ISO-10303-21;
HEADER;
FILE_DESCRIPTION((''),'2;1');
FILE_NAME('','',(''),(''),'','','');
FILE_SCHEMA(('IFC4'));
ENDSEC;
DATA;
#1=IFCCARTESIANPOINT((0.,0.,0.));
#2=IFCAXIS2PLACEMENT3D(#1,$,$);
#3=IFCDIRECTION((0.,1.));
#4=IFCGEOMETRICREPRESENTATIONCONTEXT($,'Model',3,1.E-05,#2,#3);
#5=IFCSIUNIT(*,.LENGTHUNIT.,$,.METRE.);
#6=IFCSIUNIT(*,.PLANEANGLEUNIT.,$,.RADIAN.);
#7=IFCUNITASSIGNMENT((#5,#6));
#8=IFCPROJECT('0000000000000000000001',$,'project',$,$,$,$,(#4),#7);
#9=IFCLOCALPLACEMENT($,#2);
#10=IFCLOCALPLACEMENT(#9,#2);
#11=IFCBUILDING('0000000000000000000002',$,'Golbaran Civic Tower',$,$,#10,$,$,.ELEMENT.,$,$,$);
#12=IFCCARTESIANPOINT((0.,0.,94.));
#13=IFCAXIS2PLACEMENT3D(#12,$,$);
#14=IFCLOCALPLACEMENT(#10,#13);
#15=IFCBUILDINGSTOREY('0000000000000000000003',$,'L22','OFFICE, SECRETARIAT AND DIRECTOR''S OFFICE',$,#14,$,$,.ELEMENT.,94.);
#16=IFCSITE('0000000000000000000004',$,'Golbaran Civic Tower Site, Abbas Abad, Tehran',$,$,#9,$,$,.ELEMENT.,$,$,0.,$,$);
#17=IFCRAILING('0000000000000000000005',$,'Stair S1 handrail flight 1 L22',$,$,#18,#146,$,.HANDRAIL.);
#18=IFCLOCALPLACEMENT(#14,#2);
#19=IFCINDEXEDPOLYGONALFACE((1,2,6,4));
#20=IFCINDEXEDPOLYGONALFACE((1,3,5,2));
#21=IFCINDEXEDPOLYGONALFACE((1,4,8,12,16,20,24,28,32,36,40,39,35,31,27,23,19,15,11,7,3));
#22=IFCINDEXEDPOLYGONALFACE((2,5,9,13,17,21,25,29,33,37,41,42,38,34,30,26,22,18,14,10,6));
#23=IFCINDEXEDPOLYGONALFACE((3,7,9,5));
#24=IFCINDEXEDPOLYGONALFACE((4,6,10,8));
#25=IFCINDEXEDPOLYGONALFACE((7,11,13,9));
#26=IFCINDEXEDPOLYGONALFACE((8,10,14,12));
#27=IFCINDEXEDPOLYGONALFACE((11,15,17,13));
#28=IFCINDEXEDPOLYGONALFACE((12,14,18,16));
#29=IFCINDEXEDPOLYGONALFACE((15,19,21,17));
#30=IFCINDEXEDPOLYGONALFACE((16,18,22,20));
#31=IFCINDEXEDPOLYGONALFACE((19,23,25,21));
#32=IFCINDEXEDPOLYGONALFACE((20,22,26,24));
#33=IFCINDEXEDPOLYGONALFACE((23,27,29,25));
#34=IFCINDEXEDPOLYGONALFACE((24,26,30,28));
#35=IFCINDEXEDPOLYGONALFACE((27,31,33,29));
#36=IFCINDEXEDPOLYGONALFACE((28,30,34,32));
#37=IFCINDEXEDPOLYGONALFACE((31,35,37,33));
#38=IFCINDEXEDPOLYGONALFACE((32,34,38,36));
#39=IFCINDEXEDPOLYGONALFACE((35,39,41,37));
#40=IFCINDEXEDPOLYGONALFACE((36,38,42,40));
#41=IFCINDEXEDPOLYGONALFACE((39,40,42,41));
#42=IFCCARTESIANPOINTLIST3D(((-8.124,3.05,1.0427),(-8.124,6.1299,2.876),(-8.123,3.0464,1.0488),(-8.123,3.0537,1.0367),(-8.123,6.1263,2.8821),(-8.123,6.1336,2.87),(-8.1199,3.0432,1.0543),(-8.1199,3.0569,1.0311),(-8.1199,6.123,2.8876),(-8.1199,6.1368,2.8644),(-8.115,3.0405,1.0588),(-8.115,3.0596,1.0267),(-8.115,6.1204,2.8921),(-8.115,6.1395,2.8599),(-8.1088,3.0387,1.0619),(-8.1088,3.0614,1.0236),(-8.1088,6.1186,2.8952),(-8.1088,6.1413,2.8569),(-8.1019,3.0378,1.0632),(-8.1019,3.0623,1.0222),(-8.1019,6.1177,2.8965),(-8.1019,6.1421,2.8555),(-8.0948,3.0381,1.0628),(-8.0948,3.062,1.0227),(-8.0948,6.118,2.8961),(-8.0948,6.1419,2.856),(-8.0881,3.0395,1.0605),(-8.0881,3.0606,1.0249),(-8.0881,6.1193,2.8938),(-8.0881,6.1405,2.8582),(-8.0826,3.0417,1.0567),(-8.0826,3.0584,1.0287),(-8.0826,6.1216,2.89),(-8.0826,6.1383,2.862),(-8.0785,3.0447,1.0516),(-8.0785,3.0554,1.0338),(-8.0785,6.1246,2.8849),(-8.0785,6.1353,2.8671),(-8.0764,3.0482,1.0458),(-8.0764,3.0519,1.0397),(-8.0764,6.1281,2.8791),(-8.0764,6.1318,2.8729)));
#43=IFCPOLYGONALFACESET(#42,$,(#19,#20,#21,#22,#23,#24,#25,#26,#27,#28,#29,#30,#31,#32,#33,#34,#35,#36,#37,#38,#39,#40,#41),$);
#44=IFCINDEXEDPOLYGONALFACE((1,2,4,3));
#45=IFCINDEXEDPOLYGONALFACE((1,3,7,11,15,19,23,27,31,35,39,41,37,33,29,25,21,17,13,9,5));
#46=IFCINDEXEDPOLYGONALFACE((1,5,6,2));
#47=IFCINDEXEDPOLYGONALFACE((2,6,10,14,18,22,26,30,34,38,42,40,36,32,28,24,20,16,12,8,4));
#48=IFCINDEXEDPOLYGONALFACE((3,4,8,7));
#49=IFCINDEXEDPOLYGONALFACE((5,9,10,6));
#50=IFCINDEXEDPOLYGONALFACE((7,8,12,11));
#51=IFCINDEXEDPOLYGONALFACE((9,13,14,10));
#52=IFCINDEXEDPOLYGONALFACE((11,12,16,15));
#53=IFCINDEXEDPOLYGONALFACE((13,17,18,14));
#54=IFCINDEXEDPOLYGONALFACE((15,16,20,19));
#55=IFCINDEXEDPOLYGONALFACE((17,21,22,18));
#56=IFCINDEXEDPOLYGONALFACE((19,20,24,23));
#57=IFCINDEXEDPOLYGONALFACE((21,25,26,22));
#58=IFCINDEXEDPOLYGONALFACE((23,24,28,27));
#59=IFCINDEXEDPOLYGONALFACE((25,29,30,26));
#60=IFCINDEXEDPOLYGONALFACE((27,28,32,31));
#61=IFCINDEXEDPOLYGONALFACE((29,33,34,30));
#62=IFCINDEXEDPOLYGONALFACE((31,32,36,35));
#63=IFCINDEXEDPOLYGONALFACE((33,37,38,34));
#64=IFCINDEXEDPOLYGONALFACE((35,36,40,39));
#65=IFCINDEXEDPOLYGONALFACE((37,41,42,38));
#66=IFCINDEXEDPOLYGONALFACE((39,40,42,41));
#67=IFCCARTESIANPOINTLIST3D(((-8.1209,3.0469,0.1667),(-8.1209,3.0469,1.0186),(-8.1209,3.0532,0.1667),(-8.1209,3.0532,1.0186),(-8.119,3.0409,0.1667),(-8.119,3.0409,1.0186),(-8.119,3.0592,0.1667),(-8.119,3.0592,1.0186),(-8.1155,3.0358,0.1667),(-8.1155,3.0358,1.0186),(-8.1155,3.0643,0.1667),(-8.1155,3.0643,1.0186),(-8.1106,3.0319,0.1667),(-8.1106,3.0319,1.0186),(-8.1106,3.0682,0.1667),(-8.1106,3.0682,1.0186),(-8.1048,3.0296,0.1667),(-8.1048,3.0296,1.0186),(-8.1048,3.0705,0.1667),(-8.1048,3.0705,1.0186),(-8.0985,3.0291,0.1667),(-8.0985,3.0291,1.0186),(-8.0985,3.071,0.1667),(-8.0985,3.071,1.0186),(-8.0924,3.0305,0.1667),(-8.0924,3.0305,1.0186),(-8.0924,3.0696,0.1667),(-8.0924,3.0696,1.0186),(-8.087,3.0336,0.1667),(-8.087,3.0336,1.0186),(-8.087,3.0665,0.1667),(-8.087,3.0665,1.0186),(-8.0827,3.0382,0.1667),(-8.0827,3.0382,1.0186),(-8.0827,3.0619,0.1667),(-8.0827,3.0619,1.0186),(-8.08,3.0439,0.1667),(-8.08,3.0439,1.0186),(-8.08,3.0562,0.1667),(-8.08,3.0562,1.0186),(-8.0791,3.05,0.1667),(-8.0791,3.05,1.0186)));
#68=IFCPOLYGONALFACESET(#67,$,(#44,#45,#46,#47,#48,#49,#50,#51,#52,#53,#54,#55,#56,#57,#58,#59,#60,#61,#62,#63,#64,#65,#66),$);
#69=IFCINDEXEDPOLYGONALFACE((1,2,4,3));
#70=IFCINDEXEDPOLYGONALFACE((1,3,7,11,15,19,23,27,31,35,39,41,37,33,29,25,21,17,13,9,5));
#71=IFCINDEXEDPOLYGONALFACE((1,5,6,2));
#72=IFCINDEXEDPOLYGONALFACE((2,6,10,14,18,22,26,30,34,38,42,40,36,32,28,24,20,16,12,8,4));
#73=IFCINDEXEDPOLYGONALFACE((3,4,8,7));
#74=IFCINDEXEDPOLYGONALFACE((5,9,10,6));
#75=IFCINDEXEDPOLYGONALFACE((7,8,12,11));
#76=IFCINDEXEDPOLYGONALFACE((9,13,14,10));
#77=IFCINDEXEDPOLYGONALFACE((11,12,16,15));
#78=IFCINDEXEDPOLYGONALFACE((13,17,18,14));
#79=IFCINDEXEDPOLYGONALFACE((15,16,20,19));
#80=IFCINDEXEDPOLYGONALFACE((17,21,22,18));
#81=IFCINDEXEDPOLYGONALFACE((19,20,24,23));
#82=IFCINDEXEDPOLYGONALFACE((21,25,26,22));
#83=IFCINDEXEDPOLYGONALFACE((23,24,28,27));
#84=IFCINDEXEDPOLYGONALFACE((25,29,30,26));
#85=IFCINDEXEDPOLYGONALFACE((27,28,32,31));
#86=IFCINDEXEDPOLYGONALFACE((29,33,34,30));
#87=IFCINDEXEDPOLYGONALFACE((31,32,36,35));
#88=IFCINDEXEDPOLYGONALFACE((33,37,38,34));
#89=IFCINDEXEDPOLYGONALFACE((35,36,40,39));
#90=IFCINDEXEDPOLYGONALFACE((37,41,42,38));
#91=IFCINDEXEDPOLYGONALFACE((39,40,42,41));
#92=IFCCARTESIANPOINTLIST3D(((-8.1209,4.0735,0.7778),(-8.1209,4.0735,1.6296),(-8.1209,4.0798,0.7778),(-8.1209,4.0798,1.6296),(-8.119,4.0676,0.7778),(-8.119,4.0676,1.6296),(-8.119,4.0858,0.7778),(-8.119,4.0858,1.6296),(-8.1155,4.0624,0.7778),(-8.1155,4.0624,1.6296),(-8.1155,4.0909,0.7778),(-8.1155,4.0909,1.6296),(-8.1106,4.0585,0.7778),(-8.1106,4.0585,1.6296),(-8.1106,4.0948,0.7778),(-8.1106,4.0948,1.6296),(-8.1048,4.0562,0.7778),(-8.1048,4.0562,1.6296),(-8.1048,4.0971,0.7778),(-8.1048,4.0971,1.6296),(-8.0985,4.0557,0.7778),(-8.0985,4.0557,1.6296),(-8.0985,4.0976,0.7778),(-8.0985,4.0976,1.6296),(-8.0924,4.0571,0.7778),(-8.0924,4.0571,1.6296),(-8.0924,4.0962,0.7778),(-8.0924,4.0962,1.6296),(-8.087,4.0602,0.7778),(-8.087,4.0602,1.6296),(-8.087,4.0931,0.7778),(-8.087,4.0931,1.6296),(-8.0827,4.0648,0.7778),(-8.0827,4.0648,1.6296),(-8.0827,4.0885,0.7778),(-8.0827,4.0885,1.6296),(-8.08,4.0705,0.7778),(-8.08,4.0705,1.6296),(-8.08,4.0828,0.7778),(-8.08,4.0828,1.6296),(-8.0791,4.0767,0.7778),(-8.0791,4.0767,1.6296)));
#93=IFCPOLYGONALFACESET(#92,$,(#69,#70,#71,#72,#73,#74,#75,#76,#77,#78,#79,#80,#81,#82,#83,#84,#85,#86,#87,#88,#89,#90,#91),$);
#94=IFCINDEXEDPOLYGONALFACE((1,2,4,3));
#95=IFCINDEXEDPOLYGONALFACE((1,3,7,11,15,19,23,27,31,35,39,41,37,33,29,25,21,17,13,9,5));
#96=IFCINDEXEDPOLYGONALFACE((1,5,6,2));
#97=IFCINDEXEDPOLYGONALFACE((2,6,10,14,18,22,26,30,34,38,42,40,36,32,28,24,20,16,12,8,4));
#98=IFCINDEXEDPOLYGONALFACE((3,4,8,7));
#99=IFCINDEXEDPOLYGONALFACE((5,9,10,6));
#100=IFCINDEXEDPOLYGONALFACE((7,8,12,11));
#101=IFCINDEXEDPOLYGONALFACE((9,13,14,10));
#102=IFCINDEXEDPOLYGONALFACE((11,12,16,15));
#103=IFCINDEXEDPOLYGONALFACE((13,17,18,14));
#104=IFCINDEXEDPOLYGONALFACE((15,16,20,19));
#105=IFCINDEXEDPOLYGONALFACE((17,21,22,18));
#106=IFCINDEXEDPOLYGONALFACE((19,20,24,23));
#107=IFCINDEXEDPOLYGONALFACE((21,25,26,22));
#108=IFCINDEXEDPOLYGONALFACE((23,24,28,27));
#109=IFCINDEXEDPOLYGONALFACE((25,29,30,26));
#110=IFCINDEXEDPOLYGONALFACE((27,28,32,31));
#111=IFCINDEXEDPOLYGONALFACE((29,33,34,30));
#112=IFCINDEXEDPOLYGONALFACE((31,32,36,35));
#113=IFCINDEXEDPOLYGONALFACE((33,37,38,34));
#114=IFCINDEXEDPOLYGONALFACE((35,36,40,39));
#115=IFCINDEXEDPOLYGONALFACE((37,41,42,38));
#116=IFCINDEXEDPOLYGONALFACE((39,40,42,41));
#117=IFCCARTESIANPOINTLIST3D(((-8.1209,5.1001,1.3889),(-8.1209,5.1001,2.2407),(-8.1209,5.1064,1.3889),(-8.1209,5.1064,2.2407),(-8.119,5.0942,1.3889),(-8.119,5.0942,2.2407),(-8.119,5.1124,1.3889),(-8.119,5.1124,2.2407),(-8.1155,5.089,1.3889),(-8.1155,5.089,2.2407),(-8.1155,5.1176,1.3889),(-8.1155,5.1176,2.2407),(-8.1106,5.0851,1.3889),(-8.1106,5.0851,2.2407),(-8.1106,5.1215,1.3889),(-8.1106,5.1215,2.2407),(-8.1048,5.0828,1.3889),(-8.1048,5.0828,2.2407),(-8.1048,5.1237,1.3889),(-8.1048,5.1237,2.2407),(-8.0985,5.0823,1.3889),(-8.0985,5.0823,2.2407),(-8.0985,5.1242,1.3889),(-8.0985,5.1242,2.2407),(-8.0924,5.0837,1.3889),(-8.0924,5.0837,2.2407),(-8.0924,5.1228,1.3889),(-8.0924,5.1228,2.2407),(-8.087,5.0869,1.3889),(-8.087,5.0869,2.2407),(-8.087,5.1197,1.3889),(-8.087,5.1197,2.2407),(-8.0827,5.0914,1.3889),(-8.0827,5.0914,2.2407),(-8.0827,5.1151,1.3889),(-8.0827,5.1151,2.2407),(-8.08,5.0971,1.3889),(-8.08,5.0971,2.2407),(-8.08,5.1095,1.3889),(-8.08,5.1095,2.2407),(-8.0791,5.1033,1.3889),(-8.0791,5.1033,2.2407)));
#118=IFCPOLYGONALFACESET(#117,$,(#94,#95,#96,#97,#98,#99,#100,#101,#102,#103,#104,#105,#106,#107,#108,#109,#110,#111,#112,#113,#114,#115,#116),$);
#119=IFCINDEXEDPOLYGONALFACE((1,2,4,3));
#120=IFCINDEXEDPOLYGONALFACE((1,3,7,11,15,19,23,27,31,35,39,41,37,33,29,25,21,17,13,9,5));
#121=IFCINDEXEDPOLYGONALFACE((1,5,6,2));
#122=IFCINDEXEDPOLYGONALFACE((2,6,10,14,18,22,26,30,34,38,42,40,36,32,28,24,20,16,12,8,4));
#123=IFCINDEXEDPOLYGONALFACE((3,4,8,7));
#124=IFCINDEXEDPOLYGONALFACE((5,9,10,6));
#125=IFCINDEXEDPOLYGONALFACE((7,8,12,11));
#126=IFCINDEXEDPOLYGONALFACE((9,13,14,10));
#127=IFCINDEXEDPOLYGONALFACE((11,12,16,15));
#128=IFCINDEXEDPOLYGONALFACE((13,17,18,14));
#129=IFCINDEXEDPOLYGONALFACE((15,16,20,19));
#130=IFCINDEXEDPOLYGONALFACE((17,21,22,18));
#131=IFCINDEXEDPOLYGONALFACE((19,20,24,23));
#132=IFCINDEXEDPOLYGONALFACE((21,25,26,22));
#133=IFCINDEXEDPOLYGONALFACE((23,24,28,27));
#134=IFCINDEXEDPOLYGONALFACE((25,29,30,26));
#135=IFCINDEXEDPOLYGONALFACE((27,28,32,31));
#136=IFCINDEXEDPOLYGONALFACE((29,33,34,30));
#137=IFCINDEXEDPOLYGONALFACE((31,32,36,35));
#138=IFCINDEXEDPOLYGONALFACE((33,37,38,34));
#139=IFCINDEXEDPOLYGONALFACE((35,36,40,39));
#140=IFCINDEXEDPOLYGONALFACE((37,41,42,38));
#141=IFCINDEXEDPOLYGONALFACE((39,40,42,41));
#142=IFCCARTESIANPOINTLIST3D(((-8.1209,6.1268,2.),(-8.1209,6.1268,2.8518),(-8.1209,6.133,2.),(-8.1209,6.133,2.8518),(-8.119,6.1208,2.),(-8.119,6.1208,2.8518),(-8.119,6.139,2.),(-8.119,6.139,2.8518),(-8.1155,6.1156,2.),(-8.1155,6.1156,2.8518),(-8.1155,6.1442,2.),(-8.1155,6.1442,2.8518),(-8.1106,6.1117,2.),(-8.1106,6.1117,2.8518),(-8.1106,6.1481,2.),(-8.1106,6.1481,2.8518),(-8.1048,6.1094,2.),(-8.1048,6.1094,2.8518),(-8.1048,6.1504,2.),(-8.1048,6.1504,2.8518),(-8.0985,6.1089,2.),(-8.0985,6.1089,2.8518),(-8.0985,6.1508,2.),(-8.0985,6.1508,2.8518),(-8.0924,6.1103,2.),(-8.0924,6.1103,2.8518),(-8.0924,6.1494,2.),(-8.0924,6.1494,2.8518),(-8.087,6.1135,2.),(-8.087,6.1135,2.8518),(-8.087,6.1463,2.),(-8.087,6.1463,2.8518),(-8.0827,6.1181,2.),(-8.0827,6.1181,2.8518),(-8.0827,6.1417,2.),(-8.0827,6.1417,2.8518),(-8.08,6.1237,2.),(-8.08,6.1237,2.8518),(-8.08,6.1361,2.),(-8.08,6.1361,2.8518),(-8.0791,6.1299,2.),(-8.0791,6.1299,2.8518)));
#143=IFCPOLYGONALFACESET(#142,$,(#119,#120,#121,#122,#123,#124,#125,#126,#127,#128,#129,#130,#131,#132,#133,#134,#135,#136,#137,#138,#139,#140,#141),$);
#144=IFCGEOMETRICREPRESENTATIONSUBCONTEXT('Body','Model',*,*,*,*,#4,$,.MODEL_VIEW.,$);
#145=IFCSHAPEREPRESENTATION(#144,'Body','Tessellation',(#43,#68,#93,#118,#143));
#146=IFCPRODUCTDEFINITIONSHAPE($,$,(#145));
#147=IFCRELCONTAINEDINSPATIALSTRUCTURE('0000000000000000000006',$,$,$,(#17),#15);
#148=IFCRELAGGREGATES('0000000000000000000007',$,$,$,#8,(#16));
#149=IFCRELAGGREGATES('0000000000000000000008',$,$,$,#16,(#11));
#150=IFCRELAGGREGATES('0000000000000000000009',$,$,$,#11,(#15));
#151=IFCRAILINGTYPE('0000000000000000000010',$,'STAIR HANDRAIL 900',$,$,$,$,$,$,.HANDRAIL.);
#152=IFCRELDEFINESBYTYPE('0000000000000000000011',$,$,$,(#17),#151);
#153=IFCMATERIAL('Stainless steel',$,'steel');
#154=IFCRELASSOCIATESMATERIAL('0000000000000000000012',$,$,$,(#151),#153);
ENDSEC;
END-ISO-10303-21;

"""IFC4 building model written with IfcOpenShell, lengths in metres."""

from ifc_helpers import new_model, si_unit, direction, frame, origin, origin_2d, place, context, subcontext, project, spatial, circle, extrude, material, type_object, element, save


model = new_model("IFC4")

# Units and contexts
model_context = context("Model", 3, precision=1e-05, world=origin(), true_north=direction((0.0, 1.0)))
body_context = subcontext(model_context, "Body", "Model", "MODEL_VIEW")
ifc_project = project(units=[si_unit("LENGTHUNIT", "METRE"), si_unit("PLANEANGLEUNIT", "RADIAN")], contexts=[model_context])

# Site, building, storey
site_placement = place(None, origin())
site = spatial("IfcSite", under=ifc_project, at=site_placement, Name="Golbaran Civic Tower Site, Abbas Abad, Tehran", CompositionType="ELEMENT", RefElevation=0.0)
building_placement = place(site_placement, origin())
building = spatial("IfcBuilding", under=site, at=building_placement, Name="Golbaran Civic Tower", CompositionType="ELEMENT")
storey_placement = place(building_placement, frame((0.0, 0.0, 94.0)))
storey = spatial("IfcBuildingStorey", under=building, at=storey_placement, Name="L22", Description="OFFICE, SECRETARIAT AND DIRECTOR'S OFFICE", CompositionType="ELEMENT", Elevation=94.0)

# Shared definitions
ifc_material_1 = material(Name="Stainless steel", Category="steel")

# Railing
railing_type = type_object("IfcRailingType", Name="STAIR HANDRAIL 900", PredefinedType="HANDRAIL", material=ifc_material_1)
railing_1_placement = place(storey_placement, frame((-8.1001, 3.05, 0.1667)))
element("IfcRailing", 1, at=railing_1_placement, inside=storey, type_object=railing_type, Name="Stair S1 handrail flight 1 L22", PredefinedType="HANDRAIL", context=body_context, shape_type="SweptSolid", body=[
    extrude(circle(Radius=0.0239, at=origin_2d()), frame((0.0, 0.0, 0.876), z_axis=(0.0, 0.859291, 0.511487), x_axis=(-1.0, 0.0, 0.0)), (0.0, 0.0, 1.0), 3.5842),
    extrude(circle(Radius=0.021, at=origin_2d()), origin(), (0.0, 0.0, 1.0), 0.8518),
    extrude(circle(Radius=0.021, at=origin_2d()), frame((0.0, 1.0266, 0.6111)), (0.0, 0.0, 1.0), 0.8518),
    extrude(circle(Radius=0.021, at=origin_2d()), frame((0.0, 2.0532, 1.2222)), (0.0, 0.0, 1.0), 0.8518),
    extrude(circle(Radius=0.021, at=origin_2d()), frame((0.0, 3.0798, 1.8333)), (0.0, 0.0, 1.0), 0.8518),
])

save(model, "model.ifc")
